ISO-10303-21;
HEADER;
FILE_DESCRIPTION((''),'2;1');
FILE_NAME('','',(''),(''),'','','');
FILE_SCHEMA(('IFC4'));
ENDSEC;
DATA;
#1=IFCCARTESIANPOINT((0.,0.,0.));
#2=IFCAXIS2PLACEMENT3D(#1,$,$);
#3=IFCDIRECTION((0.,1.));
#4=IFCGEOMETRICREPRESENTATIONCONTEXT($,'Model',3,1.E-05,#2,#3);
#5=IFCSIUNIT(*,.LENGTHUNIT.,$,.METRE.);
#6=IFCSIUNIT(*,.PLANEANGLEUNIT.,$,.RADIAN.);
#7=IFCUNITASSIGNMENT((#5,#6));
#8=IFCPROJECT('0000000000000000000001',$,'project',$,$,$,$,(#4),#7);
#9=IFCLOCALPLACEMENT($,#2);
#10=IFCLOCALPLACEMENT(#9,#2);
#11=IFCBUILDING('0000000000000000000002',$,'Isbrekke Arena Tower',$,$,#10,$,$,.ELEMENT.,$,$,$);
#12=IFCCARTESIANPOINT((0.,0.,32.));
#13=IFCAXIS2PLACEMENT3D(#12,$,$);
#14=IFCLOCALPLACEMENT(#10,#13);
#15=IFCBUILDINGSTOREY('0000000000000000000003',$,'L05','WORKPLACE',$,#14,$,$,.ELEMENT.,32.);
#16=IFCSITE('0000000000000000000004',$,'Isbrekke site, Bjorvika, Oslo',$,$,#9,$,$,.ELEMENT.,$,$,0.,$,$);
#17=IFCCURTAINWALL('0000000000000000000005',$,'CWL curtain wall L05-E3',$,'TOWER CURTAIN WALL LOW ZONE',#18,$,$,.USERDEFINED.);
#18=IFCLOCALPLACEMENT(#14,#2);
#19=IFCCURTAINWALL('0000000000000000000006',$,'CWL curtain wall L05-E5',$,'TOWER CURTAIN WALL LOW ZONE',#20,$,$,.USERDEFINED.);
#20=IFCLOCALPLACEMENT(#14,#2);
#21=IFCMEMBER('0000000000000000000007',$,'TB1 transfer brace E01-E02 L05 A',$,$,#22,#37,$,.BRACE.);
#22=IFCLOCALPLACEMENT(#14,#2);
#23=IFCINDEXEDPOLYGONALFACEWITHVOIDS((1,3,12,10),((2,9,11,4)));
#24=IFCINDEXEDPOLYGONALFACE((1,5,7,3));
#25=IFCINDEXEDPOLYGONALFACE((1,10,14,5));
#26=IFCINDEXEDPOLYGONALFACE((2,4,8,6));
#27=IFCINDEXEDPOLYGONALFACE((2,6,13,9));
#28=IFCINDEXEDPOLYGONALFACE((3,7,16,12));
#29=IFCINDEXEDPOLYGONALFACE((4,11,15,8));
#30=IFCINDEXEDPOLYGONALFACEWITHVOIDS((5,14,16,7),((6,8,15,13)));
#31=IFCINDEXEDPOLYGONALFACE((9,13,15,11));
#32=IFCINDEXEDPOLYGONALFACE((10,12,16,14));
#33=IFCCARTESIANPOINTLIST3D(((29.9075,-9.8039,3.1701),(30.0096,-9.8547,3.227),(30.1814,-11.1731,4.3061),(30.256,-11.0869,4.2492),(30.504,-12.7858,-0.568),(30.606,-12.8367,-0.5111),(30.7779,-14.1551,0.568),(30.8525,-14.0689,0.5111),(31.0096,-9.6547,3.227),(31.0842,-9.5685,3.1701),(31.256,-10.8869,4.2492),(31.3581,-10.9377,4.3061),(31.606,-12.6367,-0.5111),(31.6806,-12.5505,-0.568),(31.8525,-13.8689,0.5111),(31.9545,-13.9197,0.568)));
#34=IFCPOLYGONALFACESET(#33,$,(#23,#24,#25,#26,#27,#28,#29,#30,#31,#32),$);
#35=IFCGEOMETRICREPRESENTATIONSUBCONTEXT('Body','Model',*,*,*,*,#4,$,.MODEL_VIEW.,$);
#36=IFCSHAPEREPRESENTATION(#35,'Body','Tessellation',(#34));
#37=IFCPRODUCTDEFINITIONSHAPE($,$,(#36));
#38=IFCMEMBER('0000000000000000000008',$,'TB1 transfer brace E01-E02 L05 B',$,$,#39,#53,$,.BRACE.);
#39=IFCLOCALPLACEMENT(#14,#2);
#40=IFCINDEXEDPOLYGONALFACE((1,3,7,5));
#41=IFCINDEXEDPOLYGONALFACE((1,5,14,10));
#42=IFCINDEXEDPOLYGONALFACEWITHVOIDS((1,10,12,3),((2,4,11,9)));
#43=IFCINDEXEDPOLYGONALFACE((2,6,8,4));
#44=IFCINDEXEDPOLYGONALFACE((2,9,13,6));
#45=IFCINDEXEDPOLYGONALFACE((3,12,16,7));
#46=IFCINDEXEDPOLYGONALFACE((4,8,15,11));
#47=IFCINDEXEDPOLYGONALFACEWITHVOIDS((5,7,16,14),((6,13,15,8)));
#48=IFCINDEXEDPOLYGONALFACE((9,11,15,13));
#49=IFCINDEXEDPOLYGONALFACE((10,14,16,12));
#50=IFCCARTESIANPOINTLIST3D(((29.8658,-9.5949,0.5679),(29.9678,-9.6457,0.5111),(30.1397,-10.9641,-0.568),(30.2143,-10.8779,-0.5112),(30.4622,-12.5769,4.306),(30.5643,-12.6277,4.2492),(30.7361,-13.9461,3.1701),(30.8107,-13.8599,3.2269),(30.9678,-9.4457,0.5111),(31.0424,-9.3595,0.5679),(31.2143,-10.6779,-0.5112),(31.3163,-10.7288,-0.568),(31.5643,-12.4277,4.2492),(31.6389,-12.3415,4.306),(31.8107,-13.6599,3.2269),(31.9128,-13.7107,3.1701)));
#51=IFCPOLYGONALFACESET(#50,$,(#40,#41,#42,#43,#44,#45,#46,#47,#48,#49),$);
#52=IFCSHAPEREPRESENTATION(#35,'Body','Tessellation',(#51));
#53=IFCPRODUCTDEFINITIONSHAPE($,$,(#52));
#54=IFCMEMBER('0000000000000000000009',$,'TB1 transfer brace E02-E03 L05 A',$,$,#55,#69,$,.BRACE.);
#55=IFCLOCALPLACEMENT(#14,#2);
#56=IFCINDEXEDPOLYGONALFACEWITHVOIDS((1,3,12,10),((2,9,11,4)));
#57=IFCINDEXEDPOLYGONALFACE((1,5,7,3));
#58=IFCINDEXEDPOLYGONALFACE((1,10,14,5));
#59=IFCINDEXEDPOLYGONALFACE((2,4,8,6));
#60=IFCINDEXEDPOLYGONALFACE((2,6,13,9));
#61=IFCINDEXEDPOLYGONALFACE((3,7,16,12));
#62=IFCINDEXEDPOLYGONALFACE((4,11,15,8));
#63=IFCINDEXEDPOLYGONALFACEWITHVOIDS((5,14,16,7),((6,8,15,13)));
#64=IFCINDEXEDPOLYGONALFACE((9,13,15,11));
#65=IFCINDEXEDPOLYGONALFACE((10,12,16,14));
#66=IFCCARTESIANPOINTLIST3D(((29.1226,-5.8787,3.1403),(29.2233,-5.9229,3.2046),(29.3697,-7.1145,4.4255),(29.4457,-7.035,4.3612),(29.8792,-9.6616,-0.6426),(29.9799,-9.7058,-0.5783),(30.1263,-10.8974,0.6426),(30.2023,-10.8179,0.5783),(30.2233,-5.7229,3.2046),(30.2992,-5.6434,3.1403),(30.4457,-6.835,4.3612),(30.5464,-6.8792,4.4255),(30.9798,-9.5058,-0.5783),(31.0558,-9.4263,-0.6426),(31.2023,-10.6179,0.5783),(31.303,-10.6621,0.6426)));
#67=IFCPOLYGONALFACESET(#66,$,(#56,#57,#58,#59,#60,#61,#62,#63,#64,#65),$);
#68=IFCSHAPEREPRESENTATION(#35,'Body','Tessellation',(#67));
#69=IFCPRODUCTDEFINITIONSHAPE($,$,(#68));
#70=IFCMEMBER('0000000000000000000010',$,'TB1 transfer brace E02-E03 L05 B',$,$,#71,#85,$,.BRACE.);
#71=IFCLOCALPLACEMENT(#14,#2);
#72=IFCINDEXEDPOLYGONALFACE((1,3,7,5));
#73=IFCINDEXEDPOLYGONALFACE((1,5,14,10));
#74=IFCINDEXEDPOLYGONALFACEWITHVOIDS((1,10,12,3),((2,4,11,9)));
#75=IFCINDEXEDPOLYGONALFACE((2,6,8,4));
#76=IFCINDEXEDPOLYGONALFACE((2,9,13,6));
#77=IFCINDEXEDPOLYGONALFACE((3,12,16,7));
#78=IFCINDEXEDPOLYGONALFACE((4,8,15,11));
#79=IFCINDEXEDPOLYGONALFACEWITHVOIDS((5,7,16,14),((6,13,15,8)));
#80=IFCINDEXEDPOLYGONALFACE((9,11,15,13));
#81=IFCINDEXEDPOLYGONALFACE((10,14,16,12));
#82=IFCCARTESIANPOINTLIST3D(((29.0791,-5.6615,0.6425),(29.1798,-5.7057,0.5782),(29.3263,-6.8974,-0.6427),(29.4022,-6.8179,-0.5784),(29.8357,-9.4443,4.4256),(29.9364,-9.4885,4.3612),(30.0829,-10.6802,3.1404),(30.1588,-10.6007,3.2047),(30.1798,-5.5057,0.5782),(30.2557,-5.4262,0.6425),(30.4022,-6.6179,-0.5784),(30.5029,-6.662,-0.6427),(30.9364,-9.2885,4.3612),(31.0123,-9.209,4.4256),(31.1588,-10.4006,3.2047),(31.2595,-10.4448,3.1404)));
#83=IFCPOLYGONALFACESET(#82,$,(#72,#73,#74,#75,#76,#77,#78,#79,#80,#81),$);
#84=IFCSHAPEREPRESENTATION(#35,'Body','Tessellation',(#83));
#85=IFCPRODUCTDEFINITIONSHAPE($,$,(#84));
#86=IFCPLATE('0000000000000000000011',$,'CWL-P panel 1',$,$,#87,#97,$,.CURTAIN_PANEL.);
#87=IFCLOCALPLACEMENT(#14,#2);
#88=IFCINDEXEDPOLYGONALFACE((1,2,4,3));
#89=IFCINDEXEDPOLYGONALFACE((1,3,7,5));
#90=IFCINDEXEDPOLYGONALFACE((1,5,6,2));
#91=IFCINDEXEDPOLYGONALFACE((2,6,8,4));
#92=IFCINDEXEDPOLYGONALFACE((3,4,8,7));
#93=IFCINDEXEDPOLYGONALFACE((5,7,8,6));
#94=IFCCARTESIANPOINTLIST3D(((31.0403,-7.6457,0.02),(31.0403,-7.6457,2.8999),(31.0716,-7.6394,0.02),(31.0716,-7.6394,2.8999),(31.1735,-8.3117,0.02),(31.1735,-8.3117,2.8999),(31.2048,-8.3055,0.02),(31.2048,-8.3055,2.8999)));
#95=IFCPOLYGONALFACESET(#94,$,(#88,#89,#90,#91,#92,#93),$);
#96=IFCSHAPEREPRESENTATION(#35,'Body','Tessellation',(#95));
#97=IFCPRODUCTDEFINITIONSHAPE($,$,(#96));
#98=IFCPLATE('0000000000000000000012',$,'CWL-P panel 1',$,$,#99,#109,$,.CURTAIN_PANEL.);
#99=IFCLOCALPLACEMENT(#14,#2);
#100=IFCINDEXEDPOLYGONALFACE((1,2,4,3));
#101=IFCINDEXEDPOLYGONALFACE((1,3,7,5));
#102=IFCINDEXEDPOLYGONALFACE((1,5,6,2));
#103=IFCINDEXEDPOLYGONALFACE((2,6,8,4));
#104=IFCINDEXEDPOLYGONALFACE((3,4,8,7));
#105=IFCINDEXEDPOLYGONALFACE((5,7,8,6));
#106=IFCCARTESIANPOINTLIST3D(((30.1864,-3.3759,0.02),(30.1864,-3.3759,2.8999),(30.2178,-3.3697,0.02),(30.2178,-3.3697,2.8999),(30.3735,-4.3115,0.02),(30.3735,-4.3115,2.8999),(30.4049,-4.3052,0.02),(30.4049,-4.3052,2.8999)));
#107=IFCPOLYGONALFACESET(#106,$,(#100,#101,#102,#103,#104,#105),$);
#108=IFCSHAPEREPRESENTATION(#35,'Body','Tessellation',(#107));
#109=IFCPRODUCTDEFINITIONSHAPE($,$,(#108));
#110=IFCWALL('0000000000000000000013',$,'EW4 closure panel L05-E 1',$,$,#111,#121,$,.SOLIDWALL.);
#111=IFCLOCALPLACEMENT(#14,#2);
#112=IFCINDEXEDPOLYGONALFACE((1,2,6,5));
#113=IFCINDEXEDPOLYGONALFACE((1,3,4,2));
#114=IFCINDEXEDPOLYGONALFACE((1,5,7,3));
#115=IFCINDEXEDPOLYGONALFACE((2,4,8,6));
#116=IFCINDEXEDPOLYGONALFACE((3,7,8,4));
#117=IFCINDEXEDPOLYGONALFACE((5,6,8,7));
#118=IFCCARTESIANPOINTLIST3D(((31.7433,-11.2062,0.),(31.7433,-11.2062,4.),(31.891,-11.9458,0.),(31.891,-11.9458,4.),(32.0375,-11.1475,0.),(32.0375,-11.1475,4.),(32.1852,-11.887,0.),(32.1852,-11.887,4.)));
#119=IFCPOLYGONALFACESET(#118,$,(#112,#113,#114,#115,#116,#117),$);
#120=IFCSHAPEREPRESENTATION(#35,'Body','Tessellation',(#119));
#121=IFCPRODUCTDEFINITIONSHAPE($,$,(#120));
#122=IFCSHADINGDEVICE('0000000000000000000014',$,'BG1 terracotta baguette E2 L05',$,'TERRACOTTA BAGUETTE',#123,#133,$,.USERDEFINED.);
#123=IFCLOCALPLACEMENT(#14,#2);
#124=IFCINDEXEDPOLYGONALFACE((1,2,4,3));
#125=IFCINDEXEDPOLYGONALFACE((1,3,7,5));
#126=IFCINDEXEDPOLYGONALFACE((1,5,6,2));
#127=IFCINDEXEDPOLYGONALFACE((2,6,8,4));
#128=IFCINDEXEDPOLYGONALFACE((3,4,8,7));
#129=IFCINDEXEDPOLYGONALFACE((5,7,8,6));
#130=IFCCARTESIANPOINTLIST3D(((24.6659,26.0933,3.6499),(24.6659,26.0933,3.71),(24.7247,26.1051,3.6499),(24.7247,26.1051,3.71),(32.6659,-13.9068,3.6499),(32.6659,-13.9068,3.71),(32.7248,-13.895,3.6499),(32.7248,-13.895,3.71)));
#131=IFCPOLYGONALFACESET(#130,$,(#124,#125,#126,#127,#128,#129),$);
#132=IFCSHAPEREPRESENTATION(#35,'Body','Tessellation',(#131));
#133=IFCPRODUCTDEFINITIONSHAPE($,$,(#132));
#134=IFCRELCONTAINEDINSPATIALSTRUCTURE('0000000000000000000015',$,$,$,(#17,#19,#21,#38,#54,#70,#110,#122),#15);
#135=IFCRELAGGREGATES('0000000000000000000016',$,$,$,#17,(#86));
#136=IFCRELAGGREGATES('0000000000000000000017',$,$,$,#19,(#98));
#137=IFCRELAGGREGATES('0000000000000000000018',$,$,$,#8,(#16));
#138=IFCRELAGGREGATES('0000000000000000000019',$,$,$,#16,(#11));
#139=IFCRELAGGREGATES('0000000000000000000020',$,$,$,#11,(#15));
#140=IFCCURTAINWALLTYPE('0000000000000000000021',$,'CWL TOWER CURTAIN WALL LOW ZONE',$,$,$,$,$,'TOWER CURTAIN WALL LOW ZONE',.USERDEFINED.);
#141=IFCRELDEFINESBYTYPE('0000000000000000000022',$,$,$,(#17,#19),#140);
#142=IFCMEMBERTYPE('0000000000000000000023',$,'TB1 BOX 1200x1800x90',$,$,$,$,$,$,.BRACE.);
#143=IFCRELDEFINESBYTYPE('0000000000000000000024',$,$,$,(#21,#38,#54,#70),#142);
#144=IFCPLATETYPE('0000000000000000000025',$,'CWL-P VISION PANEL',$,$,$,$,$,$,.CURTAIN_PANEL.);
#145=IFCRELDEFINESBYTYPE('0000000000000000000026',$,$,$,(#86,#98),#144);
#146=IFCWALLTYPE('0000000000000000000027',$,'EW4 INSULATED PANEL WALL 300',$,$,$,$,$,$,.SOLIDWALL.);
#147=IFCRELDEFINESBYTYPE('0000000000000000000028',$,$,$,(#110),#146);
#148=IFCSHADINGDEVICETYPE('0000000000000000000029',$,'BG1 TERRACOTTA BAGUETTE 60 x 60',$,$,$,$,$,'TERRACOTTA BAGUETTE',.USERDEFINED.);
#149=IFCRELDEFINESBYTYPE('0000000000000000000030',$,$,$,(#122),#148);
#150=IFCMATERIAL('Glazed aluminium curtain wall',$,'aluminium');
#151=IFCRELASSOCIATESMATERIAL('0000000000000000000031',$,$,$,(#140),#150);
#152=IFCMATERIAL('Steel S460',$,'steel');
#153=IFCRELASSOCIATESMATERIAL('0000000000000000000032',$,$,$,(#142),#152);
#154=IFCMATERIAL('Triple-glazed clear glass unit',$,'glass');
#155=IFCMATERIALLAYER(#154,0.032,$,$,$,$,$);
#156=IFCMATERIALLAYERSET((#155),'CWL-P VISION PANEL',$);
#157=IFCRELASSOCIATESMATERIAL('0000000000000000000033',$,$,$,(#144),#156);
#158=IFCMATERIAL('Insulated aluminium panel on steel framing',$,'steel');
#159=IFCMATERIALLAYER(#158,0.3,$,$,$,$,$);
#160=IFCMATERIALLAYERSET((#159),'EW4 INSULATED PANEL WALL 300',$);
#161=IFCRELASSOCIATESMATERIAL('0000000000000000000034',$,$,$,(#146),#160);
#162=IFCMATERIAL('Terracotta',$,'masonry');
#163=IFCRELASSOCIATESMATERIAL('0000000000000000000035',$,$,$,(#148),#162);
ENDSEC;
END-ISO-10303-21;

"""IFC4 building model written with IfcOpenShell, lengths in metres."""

from ifc_helpers import new_model, si_unit, direction, frame, frame_2d, origin, origin_2d, place, context, subcontext, project, spatial, rectangle, hollow_rectangle, extrude, material, layer, layer_set, material_profile, profile_set, type_object, element, aggregate, save


model = new_model("IFC4")

# Units and contexts
model_context = context("Model", 3, precision=1e-05, world=origin(), true_north=direction((0.0, 1.0)))
body_context = subcontext(model_context, "Body", "Model", "MODEL_VIEW")
ifc_project = project(units=[si_unit("LENGTHUNIT", "METRE"), si_unit("PLANEANGLEUNIT", "RADIAN")], contexts=[model_context])

# Site, building, storey
site_placement = place(None, origin())
site = spatial("IfcSite", under=ifc_project, at=site_placement, Name="Isbrekke site, Bjorvika, Oslo", CompositionType="ELEMENT", RefElevation=0.0)
building_placement = place(site_placement, origin())
building = spatial("IfcBuilding", under=site, at=building_placement, Name="Isbrekke Arena Tower", CompositionType="ELEMENT")
storey_placement = place(building_placement, frame((0.0, 0.0, 32.0)))
storey = spatial("IfcBuildingStorey", under=building, at=storey_placement, Name="L05", Description="WORKPLACE", CompositionType="ELEMENT", Elevation=32.0)

# Curtain walls
ifc_material_1 = material(Name="Glazed aluminium curtain wall", Category="aluminium")
curtain_wall_type = type_object("IfcCurtainWallType", Name="CWL TOWER CURTAIN WALL LOW ZONE", ElementType="TOWER CURTAIN WALL LOW ZONE", PredefinedType="USERDEFINED", material=ifc_material_1)
curtain_wall_1_placement = place(storey_placement, origin())
curtain_wall_1 = element("IfcCurtainWall", 1, at=curtain_wall_1_placement, inside=storey, type_object=curtain_wall_type, Name="CWL curtain wall L05-E3", ObjectType="TOWER CURTAIN WALL LOW ZONE", PredefinedType="USERDEFINED")
curtain_wall_2_placement = place(storey_placement, origin())
curtain_wall_2 = element("IfcCurtainWall", 2, at=curtain_wall_2_placement, inside=storey, type_object=curtain_wall_type, Name="CWL curtain wall L05-E5", ObjectType="TOWER CURTAIN WALL LOW ZONE", PredefinedType="USERDEFINED")

# Members
ifc_material_2 = material(Name="Steel S460", Category="steel")
ifc_material_profile_1 = material_profile(ifc_material_2, hollow_rectangle(XDim=1.2, YDim=1.8, WallThickness=0.0901, at=origin_2d()), Name="BOX 1200x1800x90")
ifc_profile_set_1 = profile_set([ifc_material_profile_1], Name="Steel S460")
member_type_1 = type_object("IfcMemberType", Name="TB1 BOX 1200x1800x90", PredefinedType="BRACE", material=ifc_profile_set_1)
for number, where, z_axis, x_axis, name in (
    (3, (31.2292, -13.3528, 0.0), (-0.123773, 0.618816, 0.775724), (-0.980578, -0.196132, 0.0), "TB1 transfer brace E01-E02 L05 A"),
    (4, (31.1875, -13.1438, 3.738), (-0.123773, 0.618816, -0.775724), (-0.980578, -0.196132, 0.0), "TB1 transfer brace E01-E02 L05 B"),
):
    element("IfcMember", number, at=place(storey_placement, frame(where, z_axis=z_axis, x_axis=x_axis)), inside=storey, type_object=member_type_1, Name=name, PredefinedType="BRACE", context=body_context, shape_type="SweptSolid", body=[
        extrude(hollow_rectangle(XDim=1.2, YDim=1.8, WallThickness=0.0901, at=origin_2d()), origin(), (0.0, 0.0, 1.0), 4.8188),
    ])
for number, where, z_axis, x_axis, name in (
    (5, (30.5911, -10.1619, 0.0), (-0.140028, 0.70014, 0.70014), (-0.980581, -0.196116, 0.0), "TB1 transfer brace E02-E03 L05 A"),
    (6, (30.5476, -9.9446, 3.783), (-0.140032, 0.700117, -0.700162), (-0.980578, -0.196128, 0.0), "TB1 transfer brace E02-E03 L05 B"),
):
    element("IfcMember", number, at=place(storey_placement, frame(where, z_axis=z_axis, x_axis=x_axis)), inside=storey, type_object=member_type_1, Name=name, PredefinedType="BRACE", context=body_context, shape_type="SweptSolid", body=[
        extrude(hollow_rectangle(XDim=1.2, YDim=1.8, WallThickness=0.0901, at=origin_2d()), origin(), (0.0, 0.0, 1.0), 5.4031),
    ])

# Plates
ifc_material_3 = material(Name="Triple-glazed clear glass unit", Category="glass")
ifc_layer_1 = layer(ifc_material_3, 0.032)
ifc_layer_set_1 = layer_set([ifc_layer_1], Name="CWL-P VISION PANEL")
plate_type = type_object("IfcPlateType", Name="CWL-P VISION PANEL", PredefinedType="CURTAIN_PANEL", material=ifc_layer_set_1)
plate_1_placement = place(storey_placement, frame((31.1226, -7.9756, 0.02), z_axis=(0.0, 0.0, 1.0), x_axis=(-0.196116, 0.980581, 0.0)))
plate_1 = element("IfcPlate", 7, at=plate_1_placement, type_object=plate_type, Name="CWL-P panel 1", PredefinedType="CURTAIN_PANEL", context=body_context, shape_type="SweptSolid", body=[
    extrude(rectangle(XDim=0.6792, YDim=0.032, at=origin_2d()), origin(), (0.0, 0.0, 1.0), 2.8799),
])
aggregate(curtain_wall_1, [plate_1])
plate_2_placement = place(storey_placement, frame((30.2957, -3.8406, 0.02), z_axis=(0.0, 0.0, 1.0), x_axis=(-0.196116, 0.980581, 0.0)))
plate_2 = element("IfcPlate", 8, at=plate_2_placement, type_object=plate_type, Name="CWL-P panel 1", PredefinedType="CURTAIN_PANEL", context=body_context, shape_type="SweptSolid", body=[
    extrude(rectangle(XDim=0.9541, YDim=0.032, at=origin_2d()), origin(), (0.0, 0.0, 1.0), 2.8799),
])
aggregate(curtain_wall_2, [plate_2])

# Wall
ifc_material_4 = material(Name="Insulated aluminium panel on steel framing", Category="steel")
ifc_layer_2 = layer(ifc_material_4, 0.3)
ifc_layer_set_2 = layer_set([ifc_layer_2], Name="EW4 INSULATED PANEL WALL 300")
wall_type = type_object("IfcWallType", Name="EW4 INSULATED PANEL WALL 300", PredefinedType="SOLIDWALL", material=ifc_layer_set_2)
wall_placement = place(storey_placement, frame((32.0381, -11.9163, 0.0), z_axis=(0.0, 0.0, 1.0), x_axis=(-0.195867, 0.98063, 0.0)))
element("IfcWall", 9, at=wall_placement, inside=storey, type_object=wall_type, Name="EW4 closure panel L05-E 1", PredefinedType="SOLIDWALL", context=body_context, shape_type="SweptSolid", body=[
    extrude(rectangle(XDim=0.7542, YDim=0.3, at=frame_2d((0.377, 0.0))), origin(), (0.0, 0.0, 1.0), 4.0),
])

# Shading device
ifc_material_5 = material(Name="Terracotta", Category="masonry")
ifc_material_profile_2 = material_profile(ifc_material_5, rectangle(XDim=0.0601, YDim=0.0601, at=origin_2d()), Name="BAGUETTE 60X60")
ifc_profile_set_2 = profile_set([ifc_material_profile_2], Name="Terracotta")
shading_device_type = type_object("IfcShadingDeviceType", Name="BG1 TERRACOTTA BAGUETTE 60 x 60", ElementType="TERRACOTTA BAGUETTE", PredefinedType="USERDEFINED", material=ifc_profile_set_2)
shading_device_placement = place(storey_placement, frame((32.6953, -13.9009, 3.6799), z_axis=(-0.196116, 0.980581, 0.0), x_axis=(-0.980581, -0.196116, 0.0)))
element("IfcShadingDevice", 10, at=shading_device_placement, inside=storey, type_object=shading_device_type, Name="BG1 terracotta baguette E2 L05", ObjectType="TERRACOTTA BAGUETTE", PredefinedType="USERDEFINED", context=body_context, shape_type="SweptSolid", body=[
    extrude(rectangle(XDim=0.0601, YDim=0.0601, at=origin_2d()), origin(), (0.0, 0.0, 1.0), 40.7922),
])

save(model, "model.ifc")
